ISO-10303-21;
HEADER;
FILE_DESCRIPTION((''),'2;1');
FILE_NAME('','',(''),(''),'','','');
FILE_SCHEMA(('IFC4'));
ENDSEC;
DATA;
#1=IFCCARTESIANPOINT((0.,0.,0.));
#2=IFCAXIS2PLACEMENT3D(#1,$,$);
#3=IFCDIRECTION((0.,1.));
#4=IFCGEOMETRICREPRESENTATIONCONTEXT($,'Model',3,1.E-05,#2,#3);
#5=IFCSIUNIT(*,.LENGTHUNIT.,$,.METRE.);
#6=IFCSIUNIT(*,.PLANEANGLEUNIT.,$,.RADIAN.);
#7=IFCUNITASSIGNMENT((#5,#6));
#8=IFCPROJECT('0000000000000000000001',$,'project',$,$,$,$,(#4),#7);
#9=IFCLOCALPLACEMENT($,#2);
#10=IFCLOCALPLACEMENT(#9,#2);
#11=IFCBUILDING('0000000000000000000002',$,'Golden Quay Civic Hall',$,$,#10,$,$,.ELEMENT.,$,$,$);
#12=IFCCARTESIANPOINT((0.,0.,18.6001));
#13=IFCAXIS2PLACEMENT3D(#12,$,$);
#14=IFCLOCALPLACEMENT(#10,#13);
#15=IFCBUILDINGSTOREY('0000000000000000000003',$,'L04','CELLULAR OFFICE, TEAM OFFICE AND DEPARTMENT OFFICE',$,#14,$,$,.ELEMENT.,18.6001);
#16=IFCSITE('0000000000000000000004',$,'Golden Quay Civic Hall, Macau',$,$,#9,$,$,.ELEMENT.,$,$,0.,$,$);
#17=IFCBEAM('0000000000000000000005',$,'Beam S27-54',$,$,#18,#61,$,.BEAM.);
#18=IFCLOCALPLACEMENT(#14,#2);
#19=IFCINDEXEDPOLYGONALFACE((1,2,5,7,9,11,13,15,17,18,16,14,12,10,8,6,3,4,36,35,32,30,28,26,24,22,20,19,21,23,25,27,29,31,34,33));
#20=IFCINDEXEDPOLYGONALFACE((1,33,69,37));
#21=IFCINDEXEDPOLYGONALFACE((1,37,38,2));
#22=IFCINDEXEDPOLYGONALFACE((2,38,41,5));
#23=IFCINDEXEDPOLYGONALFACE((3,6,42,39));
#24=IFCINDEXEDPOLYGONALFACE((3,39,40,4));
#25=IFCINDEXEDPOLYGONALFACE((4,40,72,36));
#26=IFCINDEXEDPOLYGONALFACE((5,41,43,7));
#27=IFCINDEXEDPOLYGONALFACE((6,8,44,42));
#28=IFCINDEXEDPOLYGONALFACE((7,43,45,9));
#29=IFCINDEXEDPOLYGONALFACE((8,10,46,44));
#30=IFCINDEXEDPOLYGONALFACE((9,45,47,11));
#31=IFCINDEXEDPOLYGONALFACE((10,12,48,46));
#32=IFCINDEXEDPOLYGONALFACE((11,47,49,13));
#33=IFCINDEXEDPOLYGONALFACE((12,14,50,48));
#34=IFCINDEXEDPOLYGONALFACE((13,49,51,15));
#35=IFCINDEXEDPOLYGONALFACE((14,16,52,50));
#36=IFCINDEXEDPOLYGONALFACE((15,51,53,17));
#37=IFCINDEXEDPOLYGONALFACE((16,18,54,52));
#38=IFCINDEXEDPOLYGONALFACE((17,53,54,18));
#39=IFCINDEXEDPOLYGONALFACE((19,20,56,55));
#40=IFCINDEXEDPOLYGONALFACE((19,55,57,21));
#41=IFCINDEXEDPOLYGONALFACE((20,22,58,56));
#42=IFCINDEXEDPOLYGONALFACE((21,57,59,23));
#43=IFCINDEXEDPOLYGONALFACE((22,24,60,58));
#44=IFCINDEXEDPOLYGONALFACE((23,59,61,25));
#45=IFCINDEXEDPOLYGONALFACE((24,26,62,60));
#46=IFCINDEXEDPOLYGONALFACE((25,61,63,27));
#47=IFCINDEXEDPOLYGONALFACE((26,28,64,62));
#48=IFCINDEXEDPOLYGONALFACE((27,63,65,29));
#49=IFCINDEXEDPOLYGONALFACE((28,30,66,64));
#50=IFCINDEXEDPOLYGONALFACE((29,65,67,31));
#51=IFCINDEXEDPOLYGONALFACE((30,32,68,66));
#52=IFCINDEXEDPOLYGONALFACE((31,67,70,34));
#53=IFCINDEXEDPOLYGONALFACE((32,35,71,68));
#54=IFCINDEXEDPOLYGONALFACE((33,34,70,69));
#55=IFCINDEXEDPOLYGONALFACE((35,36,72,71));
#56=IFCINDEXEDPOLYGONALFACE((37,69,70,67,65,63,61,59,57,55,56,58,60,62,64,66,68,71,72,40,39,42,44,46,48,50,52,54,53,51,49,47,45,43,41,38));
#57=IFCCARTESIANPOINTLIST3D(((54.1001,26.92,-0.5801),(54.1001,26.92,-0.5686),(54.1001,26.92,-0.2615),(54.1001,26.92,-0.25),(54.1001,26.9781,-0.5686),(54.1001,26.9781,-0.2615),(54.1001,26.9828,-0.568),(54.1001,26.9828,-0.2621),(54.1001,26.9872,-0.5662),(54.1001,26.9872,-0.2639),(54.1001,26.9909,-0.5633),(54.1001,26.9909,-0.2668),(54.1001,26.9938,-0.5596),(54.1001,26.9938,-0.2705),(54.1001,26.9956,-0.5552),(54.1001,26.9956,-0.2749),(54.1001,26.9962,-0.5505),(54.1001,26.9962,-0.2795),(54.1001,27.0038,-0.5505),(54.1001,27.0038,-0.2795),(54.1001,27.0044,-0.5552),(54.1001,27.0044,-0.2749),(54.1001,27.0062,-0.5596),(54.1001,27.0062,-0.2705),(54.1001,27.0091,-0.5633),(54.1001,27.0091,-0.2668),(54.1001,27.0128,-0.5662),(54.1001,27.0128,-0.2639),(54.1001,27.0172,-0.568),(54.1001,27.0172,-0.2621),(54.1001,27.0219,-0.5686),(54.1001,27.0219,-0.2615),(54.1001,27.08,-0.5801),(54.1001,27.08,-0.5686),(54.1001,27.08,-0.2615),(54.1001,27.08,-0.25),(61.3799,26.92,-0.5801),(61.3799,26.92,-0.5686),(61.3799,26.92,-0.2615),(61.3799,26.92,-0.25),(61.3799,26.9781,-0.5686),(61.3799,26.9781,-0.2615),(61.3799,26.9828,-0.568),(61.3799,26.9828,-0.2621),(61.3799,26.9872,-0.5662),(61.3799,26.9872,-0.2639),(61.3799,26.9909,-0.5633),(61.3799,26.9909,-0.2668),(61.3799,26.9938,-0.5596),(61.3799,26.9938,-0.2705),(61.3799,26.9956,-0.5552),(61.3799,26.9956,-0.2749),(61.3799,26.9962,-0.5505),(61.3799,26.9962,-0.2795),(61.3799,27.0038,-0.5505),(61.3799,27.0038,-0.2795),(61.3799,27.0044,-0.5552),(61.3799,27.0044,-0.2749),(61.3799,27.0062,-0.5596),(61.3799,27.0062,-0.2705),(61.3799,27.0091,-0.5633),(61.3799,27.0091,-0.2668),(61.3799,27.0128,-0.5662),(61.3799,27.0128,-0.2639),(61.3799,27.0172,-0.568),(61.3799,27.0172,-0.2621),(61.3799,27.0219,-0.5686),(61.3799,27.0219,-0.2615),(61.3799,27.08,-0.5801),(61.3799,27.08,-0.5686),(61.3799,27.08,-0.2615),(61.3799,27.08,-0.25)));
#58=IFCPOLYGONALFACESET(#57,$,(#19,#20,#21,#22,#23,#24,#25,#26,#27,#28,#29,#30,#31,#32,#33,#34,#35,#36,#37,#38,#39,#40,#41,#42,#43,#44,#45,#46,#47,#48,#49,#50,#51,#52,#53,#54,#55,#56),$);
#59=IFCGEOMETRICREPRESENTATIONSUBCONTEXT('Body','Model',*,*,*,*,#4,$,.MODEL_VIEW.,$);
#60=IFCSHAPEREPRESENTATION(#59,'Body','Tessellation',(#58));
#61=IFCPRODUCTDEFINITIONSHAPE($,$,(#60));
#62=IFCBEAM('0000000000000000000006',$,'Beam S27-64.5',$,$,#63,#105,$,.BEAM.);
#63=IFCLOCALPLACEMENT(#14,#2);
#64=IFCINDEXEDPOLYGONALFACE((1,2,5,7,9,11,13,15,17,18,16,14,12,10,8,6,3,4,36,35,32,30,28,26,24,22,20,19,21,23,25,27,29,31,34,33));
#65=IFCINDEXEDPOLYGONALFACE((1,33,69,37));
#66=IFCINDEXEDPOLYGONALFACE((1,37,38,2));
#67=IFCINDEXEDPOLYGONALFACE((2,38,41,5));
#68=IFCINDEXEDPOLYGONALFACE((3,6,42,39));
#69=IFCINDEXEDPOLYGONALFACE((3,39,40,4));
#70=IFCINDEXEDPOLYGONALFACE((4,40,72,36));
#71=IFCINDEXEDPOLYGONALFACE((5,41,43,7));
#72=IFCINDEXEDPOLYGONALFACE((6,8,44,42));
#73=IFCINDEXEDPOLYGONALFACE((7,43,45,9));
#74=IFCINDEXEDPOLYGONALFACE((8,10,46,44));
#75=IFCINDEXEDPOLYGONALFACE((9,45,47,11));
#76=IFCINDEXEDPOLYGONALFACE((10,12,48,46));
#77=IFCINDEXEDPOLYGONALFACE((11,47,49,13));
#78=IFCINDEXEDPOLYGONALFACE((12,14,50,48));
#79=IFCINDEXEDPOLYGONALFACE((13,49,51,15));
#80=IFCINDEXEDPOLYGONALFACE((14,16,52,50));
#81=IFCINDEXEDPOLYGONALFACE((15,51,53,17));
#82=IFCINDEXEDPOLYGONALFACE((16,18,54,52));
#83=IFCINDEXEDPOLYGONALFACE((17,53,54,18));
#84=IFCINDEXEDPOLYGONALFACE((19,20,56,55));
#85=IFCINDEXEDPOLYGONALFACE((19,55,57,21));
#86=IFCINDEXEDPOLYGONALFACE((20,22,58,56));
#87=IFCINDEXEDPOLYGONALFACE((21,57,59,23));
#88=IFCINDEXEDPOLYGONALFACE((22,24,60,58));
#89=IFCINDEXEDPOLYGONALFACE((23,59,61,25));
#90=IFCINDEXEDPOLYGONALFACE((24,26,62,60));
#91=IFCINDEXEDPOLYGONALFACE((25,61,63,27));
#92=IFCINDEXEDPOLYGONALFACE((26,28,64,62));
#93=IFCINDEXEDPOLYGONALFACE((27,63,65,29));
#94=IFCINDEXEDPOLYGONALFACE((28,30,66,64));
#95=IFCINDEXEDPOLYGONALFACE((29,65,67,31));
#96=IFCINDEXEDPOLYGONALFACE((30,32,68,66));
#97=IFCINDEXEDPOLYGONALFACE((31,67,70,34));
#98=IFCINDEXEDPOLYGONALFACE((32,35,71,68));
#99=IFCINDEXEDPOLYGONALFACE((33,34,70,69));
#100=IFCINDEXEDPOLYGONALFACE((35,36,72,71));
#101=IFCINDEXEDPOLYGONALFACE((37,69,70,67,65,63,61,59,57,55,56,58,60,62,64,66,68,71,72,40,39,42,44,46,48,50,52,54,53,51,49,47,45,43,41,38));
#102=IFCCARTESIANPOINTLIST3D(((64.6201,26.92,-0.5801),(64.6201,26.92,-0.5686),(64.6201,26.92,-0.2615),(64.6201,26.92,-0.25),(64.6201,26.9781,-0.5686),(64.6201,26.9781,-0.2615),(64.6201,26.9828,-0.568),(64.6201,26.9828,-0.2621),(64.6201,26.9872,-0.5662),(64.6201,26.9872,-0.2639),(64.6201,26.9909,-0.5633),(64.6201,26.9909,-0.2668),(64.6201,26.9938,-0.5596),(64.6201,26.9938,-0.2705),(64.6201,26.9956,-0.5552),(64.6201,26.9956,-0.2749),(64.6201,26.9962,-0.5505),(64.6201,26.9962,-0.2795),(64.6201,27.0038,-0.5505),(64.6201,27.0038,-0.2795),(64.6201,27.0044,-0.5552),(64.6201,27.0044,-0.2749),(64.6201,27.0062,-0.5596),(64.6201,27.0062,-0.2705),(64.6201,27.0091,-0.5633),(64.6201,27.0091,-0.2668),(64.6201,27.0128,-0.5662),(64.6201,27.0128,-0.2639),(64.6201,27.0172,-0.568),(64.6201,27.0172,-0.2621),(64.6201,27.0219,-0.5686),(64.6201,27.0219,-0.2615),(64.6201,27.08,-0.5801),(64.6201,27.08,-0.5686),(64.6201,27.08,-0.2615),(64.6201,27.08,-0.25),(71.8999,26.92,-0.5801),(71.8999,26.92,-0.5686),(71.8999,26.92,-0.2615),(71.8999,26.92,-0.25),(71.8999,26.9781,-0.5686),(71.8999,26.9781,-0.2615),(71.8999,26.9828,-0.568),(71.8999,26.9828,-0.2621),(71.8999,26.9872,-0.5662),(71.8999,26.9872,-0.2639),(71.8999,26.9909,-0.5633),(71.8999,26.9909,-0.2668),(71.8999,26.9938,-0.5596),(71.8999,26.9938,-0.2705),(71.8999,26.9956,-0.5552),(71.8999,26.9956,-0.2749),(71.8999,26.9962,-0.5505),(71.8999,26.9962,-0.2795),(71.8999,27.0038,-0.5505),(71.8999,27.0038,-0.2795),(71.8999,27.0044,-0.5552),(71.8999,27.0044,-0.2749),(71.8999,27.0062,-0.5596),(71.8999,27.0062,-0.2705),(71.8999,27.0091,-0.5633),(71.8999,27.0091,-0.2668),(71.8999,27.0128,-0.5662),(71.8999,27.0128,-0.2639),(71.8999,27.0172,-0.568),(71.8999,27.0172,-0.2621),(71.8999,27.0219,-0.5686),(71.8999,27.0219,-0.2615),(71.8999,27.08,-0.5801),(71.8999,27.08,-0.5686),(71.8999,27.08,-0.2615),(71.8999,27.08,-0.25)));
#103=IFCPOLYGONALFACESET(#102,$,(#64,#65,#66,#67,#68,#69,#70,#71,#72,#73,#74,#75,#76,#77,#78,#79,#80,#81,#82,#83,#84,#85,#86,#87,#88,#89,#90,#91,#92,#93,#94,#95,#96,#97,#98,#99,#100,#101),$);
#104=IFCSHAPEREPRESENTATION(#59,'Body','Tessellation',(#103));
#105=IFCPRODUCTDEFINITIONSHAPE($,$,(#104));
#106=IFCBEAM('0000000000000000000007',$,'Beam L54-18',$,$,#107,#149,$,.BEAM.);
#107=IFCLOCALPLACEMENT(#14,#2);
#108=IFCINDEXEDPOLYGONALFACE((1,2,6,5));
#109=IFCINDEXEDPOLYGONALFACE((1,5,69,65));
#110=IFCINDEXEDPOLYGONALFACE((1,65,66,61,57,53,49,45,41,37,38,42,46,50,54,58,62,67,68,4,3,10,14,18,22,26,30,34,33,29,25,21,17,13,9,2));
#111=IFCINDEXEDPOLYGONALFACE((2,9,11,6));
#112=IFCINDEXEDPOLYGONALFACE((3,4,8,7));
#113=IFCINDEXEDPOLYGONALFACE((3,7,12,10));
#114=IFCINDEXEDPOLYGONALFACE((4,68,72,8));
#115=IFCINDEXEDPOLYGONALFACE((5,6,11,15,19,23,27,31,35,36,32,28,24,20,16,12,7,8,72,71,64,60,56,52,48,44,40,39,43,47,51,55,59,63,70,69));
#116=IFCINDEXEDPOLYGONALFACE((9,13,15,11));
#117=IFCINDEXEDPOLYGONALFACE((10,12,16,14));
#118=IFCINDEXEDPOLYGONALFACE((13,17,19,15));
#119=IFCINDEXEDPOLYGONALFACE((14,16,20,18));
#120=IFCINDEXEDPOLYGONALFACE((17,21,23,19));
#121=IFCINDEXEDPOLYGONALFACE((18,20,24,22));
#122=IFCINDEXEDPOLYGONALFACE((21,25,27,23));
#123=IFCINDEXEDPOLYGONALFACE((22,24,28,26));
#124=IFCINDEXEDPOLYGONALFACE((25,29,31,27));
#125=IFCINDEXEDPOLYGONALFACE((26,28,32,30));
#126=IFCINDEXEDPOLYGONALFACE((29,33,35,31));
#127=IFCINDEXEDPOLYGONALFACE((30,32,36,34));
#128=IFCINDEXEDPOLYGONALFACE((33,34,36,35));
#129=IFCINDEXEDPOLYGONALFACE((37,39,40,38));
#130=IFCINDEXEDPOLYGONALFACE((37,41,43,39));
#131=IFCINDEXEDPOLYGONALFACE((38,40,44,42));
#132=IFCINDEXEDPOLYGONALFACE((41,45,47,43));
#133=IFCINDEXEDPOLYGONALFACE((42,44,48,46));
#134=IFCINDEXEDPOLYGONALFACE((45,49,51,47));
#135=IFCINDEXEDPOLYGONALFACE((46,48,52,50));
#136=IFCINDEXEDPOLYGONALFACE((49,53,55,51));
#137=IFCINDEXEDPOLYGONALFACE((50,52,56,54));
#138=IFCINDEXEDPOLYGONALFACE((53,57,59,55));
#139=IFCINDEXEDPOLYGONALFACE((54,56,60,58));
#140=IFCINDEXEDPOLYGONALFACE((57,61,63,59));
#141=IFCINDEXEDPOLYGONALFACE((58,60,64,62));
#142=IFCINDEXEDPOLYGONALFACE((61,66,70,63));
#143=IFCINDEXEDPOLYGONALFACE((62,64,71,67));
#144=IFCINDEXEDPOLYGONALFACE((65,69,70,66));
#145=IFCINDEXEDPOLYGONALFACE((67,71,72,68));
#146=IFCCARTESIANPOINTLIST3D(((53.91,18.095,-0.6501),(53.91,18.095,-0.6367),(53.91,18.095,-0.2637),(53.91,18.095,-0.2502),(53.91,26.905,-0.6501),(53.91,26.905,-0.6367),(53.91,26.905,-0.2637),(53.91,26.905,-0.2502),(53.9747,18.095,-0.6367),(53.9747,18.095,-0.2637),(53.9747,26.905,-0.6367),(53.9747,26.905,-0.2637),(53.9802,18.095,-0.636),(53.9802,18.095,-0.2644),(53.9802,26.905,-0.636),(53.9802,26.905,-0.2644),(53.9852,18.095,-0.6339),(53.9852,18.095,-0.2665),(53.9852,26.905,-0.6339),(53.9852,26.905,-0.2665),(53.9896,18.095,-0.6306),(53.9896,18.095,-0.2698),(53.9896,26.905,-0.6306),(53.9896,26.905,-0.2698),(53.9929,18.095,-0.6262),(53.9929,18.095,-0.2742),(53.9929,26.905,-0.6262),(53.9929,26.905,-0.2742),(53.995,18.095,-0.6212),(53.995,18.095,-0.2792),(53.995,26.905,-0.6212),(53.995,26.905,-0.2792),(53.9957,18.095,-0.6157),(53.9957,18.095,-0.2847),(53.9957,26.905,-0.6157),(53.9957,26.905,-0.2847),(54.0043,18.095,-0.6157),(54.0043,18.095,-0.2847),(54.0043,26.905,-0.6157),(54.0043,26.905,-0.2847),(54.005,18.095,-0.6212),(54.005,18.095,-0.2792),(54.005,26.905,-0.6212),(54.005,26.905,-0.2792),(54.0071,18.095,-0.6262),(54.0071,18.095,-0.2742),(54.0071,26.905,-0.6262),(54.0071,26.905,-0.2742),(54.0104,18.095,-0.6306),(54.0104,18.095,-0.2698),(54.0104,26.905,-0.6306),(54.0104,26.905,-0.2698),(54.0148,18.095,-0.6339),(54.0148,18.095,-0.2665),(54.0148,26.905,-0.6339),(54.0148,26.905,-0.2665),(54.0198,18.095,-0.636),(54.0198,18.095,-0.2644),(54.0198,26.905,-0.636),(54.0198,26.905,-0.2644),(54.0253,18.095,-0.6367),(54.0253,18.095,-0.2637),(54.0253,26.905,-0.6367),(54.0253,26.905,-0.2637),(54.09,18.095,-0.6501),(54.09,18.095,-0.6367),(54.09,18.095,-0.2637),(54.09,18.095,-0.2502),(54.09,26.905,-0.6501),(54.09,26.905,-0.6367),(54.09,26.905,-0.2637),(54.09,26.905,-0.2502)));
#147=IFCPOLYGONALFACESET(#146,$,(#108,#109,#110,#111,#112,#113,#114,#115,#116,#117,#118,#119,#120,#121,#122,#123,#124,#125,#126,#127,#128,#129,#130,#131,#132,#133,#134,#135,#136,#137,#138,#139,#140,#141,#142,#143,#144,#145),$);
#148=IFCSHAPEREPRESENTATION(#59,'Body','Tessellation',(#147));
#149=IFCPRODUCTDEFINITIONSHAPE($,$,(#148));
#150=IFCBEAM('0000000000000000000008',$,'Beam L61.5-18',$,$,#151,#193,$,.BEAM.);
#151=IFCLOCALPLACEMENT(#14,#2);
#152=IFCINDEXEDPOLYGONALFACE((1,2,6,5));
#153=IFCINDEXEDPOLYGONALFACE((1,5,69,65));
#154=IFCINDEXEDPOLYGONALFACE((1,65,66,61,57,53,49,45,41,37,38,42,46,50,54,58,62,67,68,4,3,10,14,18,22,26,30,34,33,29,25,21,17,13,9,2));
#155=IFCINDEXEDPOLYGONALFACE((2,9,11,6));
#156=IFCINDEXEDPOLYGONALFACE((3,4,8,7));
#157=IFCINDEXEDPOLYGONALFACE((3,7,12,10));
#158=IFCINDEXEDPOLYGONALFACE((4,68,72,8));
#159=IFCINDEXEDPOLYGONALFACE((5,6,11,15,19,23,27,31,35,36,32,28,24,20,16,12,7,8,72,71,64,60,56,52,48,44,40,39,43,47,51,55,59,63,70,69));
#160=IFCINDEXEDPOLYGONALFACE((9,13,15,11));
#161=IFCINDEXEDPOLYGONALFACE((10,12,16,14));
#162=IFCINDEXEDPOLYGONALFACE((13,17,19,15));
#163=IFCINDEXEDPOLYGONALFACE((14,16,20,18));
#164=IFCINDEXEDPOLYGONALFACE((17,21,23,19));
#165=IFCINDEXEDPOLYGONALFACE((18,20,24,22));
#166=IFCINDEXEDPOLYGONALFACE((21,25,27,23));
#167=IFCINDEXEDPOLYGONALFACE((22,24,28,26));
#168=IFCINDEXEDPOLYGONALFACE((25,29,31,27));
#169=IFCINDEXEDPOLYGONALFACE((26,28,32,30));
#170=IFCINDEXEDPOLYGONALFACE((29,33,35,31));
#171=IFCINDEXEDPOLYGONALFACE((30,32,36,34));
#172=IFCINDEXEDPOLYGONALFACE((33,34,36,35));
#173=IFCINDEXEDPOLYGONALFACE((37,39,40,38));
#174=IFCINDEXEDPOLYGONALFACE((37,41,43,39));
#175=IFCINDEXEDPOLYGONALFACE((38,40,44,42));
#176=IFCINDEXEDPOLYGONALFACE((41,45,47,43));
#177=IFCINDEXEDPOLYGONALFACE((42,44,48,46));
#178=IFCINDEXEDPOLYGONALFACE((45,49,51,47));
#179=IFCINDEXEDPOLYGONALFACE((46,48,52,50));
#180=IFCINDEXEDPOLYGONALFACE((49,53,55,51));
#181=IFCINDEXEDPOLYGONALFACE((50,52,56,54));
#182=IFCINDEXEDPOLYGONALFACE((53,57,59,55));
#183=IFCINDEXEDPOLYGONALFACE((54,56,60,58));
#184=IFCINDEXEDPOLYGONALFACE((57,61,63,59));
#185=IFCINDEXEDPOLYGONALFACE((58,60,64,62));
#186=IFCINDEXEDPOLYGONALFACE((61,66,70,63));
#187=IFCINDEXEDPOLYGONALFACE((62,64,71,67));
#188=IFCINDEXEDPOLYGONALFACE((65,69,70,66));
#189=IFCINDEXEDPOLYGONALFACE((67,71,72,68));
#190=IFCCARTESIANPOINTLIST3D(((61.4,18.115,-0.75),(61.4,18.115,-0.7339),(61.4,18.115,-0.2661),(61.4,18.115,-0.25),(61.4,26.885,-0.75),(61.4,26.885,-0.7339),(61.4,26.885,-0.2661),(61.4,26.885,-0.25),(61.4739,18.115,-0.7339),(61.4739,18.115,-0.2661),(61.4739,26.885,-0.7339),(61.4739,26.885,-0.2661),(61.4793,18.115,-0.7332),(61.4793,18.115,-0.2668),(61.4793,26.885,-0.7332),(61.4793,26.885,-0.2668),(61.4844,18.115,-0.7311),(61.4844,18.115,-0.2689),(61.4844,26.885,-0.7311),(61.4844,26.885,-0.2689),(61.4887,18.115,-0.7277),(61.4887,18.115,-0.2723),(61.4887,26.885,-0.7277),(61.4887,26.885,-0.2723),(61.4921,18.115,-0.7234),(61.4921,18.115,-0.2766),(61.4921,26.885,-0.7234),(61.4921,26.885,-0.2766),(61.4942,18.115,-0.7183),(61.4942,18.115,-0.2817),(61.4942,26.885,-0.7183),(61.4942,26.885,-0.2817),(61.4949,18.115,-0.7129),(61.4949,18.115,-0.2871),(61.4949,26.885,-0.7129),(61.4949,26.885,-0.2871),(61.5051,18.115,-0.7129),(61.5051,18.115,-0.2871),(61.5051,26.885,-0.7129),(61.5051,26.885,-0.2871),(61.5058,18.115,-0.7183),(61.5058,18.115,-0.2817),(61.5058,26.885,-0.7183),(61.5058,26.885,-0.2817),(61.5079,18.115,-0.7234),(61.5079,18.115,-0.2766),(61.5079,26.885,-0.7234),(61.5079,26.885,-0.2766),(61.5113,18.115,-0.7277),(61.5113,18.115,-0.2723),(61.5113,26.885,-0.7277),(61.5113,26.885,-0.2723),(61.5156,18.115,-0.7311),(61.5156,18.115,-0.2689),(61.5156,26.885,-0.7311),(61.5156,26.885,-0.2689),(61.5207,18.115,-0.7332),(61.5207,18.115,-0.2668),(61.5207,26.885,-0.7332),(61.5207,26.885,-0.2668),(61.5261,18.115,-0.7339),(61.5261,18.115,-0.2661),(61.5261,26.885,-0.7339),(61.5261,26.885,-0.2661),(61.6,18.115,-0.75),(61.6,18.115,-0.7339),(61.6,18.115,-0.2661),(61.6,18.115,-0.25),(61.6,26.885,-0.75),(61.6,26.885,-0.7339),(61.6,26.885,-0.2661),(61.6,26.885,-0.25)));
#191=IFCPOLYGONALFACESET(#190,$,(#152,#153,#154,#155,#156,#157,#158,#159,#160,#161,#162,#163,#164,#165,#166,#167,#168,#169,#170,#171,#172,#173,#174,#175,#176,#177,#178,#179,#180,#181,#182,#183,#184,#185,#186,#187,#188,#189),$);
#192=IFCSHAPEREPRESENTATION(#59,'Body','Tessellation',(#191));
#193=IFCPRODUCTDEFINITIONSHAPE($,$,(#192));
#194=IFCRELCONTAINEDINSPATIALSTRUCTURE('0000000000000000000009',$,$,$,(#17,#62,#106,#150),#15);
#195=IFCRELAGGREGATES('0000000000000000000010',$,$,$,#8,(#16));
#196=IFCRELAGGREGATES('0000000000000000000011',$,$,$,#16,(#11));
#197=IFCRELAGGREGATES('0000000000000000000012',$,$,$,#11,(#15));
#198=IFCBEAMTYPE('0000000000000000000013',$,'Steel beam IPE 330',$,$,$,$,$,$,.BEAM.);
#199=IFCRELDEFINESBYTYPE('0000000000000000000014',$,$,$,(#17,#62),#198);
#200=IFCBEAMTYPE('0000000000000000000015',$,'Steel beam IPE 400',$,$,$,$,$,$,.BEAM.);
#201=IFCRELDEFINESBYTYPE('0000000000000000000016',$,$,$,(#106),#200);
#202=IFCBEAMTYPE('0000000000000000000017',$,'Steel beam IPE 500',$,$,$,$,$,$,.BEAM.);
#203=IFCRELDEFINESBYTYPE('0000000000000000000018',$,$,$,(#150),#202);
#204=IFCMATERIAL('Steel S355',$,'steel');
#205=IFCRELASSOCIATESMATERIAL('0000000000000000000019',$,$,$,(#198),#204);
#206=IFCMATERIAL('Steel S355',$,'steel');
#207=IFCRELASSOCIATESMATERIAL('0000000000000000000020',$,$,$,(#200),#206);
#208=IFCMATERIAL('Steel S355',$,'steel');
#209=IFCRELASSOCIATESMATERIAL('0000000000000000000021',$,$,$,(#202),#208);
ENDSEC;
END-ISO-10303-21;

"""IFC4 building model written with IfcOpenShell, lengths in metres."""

from ifc_helpers import new_model, si_unit, direction, frame, origin, origin_2d, place, context, subcontext, project, spatial, i_section, extrude, material, material_profile, profile_set, type_object, element, save


model = new_model("IFC4")

# Units and contexts
model_context = context("Model", 3, precision=1e-05, world=origin(), true_north=direction((0.0, 1.0)))
body_context = subcontext(model_context, "Body", "Model", "MODEL_VIEW")
ifc_project = project(units=[si_unit("LENGTHUNIT", "METRE"), si_unit("PLANEANGLEUNIT", "RADIAN")], contexts=[model_context])

# Site, building, storey
site_placement = place(None, origin())
site = spatial("IfcSite", under=ifc_project, at=site_placement, Name="Golden Quay Civic Hall, Macau", CompositionType="ELEMENT", RefElevation=0.0)
building_placement = place(site_placement, origin())
building = spatial("IfcBuilding", under=site, at=building_placement, Name="Golden Quay Civic Hall", CompositionType="ELEMENT")
storey_placement = place(building_placement, frame((0.0, 0.0, 18.6001)))
storey = spatial("IfcBuildingStorey", under=building, at=storey_placement, Name="L04", Description="CELLULAR OFFICE, TEAM OFFICE AND DEPARTMENT OFFICE", CompositionType="ELEMENT", Elevation=18.6001)

# Beams
ifc_material_1 = material(Name="Steel S355", Category="steel")
ifc_material_profile_1 = material_profile(ifc_material_1, i_section(OverallWidth=0.1599, OverallDepth=0.3301, WebThickness=0.0076, FlangeThickness=0.0115, FilletRadius=0.0181, at=origin_2d()), Name="IPE 330")
ifc_profile_set_1 = profile_set([ifc_material_profile_1], Name="Steel S355")
beam_type_1 = type_object("IfcBeamType", Name="Steel beam IPE 330", PredefinedType="BEAM", material=ifc_profile_set_1)
for number, where, z_axis, x_axis, name in (
    (1, (54.1001, 27.0, -0.415), (1.0, 0.0, 0.0), (0.0, 1.0, 0.0), "Beam S27-54"),
    (2, (64.6201, 27.0, -0.415), (1.0, 0.0, 0.0), (0.0, 1.0, 0.0), "Beam S27-64.5"),
):
    element("IfcBeam", number, at=place(storey_placement, frame(where, z_axis=z_axis, x_axis=x_axis)), inside=storey, type_object=beam_type_1, Name=name, PredefinedType="BEAM", context=body_context, shape_type="SweptSolid", body=[
        extrude(i_section(OverallWidth=0.1599, OverallDepth=0.3301, WebThickness=0.0076, FlangeThickness=0.0115, FilletRadius=0.0181, at=origin_2d()), origin(), (0.0, 0.0, 1.0), 7.2798),
    ])
ifc_material_2 = material(Name="Steel S355", Category="steel")
ifc_material_profile_2 = material_profile(ifc_material_2, i_section(OverallWidth=0.1799, OverallDepth=0.3999, WebThickness=0.0085, FlangeThickness=0.0134, FilletRadius=0.021, at=origin_2d()), Name="IPE 400")
ifc_profile_set_2 = profile_set([ifc_material_profile_2], Name="Steel S355")
beam_type_2 = type_object("IfcBeamType", Name="Steel beam IPE 400", PredefinedType="BEAM", material=ifc_profile_set_2)
beam_1_placement = place(storey_placement, frame((54.0, 18.095, -0.4502), z_axis=(0.0, 1.0, 0.0), x_axis=(-1.0, 0.0, 0.0)))
element("IfcBeam", 3, at=beam_1_placement, inside=storey, type_object=beam_type_2, Name="Beam L54-18", PredefinedType="BEAM", context=body_context, shape_type="SweptSolid", body=[
    extrude(i_section(OverallWidth=0.1799, OverallDepth=0.3999, WebThickness=0.0085, FlangeThickness=0.0134, FilletRadius=0.021, at=origin_2d()), origin(), (0.0, 0.0, 1.0), 8.8101),
])
ifc_material_3 = material(Name="Steel S355", Category="steel")
ifc_material_profile_3 = material_profile(ifc_material_3, i_section(OverallWidth=0.2, OverallDepth=0.5, WebThickness=0.0103, FlangeThickness=0.0161, FilletRadius=0.021, at=origin_2d()), Name="IPE 500")
ifc_profile_set_3 = profile_set([ifc_material_profile_3], Name="Steel S355")
beam_type_3 = type_object("IfcBeamType", Name="Steel beam IPE 500", PredefinedType="BEAM", material=ifc_profile_set_3)
for number, where, z_axis, x_axis, name in (
    (4, (61.5, 18.115, -0.5), (0.0, 1.0, 0.0), (-1.0, 0.0, 0.0), "Beam L61.5-18"),
):
    element("IfcBeam", number, at=place(storey_placement, frame(where, z_axis=z_axis, x_axis=x_axis)), inside=storey, type_object=beam_type_3, Name=name, PredefinedType="BEAM", context=body_context, shape_type="SweptSolid", body=[
        extrude(i_section(OverallWidth=0.2, OverallDepth=0.5, WebThickness=0.0103, FlangeThickness=0.0161, FilletRadius=0.021, at=origin_2d()), origin(), (0.0, 0.0, 1.0), 8.77),
    ])

save(model, "model.ifc")
